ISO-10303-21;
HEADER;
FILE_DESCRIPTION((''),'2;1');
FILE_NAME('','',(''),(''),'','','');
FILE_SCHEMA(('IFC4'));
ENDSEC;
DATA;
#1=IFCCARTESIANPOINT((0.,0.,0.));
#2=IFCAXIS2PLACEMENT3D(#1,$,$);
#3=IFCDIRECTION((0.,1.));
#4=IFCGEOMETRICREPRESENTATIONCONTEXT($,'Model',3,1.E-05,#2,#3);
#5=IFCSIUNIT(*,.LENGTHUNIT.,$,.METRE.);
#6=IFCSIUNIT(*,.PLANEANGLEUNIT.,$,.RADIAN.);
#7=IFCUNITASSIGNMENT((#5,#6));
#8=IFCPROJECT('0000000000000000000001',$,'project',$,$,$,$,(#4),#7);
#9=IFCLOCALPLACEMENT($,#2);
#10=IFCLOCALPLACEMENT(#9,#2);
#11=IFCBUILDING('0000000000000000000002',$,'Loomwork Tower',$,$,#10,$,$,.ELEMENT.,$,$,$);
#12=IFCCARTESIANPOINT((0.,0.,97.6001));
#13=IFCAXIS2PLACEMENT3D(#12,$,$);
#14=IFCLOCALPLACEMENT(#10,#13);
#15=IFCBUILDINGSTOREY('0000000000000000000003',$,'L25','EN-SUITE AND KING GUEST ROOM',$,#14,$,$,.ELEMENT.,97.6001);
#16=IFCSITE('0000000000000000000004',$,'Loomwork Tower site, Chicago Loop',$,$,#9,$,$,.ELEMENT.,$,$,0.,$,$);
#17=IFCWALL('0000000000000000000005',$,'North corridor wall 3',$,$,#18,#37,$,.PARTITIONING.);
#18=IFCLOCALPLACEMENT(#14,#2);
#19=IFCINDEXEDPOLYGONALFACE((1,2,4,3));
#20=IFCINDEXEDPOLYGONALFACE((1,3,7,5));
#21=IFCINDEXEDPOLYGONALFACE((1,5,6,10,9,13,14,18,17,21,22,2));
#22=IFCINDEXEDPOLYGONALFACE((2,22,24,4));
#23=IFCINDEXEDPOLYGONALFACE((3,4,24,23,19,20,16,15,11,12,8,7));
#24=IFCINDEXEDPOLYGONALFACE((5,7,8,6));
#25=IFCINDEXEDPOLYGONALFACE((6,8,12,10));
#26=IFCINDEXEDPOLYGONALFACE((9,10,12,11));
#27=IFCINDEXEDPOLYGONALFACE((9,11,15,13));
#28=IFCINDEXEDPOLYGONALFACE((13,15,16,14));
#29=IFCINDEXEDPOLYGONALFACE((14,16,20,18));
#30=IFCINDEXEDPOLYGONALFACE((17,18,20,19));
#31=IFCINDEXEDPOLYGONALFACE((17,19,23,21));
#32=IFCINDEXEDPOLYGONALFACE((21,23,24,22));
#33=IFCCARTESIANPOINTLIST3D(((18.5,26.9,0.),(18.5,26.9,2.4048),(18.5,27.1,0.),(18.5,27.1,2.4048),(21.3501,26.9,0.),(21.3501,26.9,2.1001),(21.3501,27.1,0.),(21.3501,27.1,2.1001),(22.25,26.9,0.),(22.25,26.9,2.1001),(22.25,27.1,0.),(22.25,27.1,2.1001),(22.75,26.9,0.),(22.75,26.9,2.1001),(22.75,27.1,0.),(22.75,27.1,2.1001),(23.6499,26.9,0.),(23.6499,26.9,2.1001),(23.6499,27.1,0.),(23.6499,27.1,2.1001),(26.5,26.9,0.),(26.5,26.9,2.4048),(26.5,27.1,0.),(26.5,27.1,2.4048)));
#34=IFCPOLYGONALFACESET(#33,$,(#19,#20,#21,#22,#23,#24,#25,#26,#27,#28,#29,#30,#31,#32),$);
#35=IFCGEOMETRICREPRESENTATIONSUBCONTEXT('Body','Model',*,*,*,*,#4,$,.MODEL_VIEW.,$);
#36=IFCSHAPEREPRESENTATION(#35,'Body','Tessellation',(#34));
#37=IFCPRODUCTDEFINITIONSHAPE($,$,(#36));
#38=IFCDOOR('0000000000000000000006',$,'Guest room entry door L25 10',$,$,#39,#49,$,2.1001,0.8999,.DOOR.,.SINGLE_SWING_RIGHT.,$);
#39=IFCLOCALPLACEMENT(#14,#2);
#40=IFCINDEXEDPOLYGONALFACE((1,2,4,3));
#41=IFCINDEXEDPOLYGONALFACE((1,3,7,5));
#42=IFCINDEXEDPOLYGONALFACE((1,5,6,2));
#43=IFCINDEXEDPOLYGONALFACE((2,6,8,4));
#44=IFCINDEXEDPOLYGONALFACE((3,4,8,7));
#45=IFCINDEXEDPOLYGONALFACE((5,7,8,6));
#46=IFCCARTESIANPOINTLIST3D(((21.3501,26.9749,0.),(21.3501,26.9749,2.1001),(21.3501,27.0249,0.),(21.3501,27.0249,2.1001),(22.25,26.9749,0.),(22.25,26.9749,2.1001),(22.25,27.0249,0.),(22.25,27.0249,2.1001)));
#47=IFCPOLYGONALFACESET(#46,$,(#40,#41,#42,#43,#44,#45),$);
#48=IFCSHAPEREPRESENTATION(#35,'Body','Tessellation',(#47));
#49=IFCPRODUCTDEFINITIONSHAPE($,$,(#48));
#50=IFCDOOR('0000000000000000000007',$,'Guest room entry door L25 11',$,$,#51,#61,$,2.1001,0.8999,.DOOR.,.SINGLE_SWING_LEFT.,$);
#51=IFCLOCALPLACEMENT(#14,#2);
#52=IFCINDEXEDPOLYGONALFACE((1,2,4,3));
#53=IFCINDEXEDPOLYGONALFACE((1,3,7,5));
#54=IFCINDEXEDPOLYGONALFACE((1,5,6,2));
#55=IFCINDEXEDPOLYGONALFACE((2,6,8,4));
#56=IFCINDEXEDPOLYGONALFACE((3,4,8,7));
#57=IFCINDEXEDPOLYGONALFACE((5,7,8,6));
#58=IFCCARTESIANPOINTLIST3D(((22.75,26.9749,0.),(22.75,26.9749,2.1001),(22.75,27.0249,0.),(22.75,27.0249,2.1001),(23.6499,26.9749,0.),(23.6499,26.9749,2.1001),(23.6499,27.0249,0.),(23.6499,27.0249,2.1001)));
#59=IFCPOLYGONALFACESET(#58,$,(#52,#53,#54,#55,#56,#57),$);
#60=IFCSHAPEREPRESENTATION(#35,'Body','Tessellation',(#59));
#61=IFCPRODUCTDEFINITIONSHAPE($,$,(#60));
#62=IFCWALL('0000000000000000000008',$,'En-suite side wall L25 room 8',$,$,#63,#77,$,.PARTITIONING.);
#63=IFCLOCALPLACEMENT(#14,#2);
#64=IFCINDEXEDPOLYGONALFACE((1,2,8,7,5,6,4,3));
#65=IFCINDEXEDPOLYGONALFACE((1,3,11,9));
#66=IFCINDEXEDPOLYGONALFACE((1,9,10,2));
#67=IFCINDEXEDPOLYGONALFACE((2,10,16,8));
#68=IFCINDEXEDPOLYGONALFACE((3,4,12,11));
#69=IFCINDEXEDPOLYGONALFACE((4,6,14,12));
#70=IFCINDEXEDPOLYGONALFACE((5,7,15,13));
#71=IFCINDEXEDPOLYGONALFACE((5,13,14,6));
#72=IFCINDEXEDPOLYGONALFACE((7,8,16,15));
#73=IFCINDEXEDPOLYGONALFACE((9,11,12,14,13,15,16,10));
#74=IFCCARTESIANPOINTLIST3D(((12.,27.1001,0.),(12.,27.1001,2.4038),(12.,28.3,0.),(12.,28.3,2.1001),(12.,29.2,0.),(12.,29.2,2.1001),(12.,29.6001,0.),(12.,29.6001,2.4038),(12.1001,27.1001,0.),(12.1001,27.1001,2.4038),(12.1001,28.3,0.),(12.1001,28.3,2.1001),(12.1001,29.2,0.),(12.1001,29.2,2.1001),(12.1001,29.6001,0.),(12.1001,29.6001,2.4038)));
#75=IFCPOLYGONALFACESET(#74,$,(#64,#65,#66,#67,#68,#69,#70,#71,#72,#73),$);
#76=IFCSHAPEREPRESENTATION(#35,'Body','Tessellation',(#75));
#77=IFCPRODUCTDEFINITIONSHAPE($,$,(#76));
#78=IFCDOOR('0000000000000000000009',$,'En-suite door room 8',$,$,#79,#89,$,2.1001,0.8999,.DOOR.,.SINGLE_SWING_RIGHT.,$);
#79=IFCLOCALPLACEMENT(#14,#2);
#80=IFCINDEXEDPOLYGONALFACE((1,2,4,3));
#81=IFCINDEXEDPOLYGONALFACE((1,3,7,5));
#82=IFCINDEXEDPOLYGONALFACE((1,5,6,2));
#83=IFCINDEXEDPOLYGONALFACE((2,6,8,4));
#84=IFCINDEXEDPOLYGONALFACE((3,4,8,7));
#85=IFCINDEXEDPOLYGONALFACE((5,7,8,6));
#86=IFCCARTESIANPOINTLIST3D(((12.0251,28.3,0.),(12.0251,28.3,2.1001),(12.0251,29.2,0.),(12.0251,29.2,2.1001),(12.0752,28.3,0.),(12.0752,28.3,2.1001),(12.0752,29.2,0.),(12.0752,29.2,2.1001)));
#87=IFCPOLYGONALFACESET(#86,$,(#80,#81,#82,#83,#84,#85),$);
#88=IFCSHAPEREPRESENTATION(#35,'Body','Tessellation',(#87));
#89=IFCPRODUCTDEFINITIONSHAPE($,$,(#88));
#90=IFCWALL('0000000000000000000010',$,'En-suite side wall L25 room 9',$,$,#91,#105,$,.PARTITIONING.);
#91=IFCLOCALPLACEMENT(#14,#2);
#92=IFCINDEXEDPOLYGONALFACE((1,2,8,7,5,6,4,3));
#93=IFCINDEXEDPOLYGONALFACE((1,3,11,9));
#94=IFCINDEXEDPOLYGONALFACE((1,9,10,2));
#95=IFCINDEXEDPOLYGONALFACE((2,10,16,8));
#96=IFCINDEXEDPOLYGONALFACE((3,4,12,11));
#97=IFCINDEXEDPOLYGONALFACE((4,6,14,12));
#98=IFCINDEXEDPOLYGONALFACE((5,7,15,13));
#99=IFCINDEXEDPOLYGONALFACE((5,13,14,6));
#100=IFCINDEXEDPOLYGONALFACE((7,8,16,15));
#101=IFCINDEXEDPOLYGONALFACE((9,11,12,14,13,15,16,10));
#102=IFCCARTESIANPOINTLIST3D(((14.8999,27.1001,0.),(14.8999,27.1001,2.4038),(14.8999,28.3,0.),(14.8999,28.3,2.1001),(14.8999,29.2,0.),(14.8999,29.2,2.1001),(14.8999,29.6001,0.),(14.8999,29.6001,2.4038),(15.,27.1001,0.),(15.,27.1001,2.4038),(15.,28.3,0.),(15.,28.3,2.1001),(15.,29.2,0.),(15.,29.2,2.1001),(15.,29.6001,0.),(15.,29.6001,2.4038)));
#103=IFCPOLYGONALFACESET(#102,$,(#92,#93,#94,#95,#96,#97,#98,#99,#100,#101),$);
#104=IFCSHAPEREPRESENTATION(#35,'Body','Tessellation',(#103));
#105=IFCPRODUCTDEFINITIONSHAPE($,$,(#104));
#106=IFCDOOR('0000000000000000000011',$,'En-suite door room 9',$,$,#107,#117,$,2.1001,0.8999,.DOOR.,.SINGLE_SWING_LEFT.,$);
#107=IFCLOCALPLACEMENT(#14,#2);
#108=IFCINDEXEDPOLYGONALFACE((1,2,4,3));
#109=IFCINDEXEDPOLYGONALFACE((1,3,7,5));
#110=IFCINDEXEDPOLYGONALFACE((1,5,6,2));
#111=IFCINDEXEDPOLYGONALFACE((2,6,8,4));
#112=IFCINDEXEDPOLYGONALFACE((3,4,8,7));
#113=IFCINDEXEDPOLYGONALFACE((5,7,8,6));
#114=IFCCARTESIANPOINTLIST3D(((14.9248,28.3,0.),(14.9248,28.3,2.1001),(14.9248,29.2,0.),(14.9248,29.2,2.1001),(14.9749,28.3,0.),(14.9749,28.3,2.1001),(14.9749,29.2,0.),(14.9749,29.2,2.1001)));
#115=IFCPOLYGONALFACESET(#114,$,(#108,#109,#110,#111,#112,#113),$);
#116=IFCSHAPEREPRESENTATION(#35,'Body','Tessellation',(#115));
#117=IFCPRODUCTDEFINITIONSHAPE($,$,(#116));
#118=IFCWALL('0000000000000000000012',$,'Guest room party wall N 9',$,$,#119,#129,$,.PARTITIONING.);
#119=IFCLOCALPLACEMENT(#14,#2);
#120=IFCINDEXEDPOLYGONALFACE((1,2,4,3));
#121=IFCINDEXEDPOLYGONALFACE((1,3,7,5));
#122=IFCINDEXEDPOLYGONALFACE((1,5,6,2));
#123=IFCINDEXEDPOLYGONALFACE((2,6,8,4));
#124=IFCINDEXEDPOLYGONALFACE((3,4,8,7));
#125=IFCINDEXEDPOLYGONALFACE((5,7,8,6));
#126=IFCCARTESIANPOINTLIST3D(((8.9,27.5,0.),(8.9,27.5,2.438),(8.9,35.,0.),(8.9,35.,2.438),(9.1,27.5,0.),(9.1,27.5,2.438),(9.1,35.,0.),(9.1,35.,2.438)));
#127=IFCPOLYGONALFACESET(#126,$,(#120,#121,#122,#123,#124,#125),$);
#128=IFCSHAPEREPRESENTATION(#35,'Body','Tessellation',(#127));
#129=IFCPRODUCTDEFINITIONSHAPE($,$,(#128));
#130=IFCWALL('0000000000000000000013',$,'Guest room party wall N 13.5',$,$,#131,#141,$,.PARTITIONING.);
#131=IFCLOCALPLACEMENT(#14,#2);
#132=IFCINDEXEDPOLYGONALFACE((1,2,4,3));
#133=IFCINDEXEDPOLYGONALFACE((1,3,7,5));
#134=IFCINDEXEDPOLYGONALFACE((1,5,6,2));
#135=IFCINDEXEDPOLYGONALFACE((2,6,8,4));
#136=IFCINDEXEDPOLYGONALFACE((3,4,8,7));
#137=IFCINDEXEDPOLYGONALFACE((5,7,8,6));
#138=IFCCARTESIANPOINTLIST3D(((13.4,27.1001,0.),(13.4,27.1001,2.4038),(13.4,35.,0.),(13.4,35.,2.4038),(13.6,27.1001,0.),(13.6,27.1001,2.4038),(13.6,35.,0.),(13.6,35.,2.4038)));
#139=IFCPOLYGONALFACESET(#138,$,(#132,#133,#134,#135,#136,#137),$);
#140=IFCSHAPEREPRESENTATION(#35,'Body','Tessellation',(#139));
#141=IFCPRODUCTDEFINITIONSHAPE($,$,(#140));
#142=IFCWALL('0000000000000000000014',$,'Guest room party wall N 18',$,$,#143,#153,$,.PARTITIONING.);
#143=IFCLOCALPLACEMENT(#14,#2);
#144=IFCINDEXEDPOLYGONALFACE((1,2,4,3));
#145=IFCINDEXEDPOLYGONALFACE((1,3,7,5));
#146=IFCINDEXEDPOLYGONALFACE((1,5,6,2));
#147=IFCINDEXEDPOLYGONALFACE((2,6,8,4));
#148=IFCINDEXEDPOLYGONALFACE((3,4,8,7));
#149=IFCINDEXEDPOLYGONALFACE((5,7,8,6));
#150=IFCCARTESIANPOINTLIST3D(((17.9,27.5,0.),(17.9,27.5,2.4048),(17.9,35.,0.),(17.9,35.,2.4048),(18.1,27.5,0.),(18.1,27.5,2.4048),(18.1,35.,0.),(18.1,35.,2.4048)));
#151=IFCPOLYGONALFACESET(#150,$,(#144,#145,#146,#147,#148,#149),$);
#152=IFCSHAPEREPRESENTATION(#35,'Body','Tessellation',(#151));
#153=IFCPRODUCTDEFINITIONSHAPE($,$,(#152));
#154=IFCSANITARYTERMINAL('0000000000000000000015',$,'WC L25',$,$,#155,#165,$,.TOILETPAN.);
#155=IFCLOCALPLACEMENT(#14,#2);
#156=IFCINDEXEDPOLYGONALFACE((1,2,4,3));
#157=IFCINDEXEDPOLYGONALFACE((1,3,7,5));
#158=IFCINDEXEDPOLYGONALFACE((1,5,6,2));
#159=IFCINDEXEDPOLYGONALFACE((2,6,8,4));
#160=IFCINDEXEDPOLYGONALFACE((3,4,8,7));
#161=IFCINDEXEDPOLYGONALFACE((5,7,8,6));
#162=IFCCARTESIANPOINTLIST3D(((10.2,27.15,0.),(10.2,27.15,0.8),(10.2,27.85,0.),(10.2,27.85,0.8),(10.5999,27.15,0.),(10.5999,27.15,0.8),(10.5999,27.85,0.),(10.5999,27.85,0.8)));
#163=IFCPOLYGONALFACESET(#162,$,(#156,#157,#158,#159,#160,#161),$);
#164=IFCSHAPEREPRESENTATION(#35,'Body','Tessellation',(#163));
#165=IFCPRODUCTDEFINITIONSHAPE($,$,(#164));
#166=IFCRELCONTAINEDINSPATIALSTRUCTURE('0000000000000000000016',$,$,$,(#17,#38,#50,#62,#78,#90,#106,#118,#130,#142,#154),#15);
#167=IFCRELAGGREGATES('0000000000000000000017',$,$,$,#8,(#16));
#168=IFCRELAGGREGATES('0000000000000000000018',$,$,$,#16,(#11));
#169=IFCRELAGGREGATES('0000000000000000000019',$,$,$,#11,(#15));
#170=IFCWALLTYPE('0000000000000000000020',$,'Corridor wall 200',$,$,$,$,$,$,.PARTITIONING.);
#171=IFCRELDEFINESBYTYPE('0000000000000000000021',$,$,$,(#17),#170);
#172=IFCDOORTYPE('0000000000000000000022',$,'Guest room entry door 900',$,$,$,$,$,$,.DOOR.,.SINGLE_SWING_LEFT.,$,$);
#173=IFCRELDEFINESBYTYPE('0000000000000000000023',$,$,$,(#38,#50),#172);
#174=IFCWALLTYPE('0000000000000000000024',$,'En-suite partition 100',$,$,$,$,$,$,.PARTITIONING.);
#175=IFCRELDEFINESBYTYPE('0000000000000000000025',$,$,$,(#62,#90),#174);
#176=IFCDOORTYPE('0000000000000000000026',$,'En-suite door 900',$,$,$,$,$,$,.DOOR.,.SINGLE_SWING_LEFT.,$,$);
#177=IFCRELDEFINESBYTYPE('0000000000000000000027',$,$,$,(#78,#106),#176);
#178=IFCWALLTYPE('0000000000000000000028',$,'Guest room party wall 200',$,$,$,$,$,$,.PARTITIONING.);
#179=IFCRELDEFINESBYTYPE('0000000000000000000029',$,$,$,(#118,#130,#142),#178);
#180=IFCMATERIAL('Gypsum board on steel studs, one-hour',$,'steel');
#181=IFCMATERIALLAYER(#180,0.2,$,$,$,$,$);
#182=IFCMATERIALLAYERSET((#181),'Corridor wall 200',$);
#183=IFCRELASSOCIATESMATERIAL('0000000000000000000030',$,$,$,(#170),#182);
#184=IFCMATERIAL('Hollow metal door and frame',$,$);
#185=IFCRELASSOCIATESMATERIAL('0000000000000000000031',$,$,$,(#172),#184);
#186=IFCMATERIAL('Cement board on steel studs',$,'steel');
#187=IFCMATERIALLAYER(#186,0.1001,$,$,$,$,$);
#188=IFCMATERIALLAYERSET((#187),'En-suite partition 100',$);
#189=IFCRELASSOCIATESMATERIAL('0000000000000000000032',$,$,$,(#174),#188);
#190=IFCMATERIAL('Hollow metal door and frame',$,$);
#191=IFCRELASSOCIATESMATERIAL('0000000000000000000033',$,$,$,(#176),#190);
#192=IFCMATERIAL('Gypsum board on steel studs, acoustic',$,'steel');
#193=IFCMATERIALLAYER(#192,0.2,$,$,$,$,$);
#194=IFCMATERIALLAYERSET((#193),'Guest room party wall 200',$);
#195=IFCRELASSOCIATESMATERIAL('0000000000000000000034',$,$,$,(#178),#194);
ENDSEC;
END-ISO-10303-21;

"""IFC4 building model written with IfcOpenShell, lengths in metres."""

from ifc_helpers import new_model, si_unit, direction, frame, frame_2d, origin, origin_2d, place, context, subcontext, project, spatial, rectangle, extrude, material, layer, layer_set, type_object, element, fill, save


model = new_model("IFC4")

# Units and contexts
model_context = context("Model", 3, precision=1e-05, world=origin(), true_north=direction((0.0, 1.0)))
body_context = subcontext(model_context, "Body", "Model", "MODEL_VIEW")
ifc_project = project(units=[si_unit("LENGTHUNIT", "METRE"), si_unit("PLANEANGLEUNIT", "RADIAN")], contexts=[model_context])

# Site, building, storey
site_placement = place(None, origin())
site = spatial("IfcSite", under=ifc_project, at=site_placement, Name="Loomwork Tower site, Chicago Loop", CompositionType="ELEMENT", RefElevation=0.0)
building_placement = place(site_placement, origin())
building = spatial("IfcBuilding", under=site, at=building_placement, Name="Loomwork Tower", CompositionType="ELEMENT")
storey_placement = place(building_placement, frame((0.0, 0.0, 97.6001)))
storey = spatial("IfcBuildingStorey", under=building, at=storey_placement, Name="L25", Description="EN-SUITE AND KING GUEST ROOM", CompositionType="ELEMENT", Elevation=97.6001)

# Wall, openings, doors
ifc_material_1 = material(Name="Gypsum board on steel studs, one-hour", Category="steel")
ifc_layer_1 = layer(ifc_material_1, 0.2)
ifc_layer_set_1 = layer_set([ifc_layer_1], Name="Corridor wall 200")
wall_type_1 = type_object("IfcWallType", Name="Corridor wall 200", PredefinedType="PARTITIONING", material=ifc_layer_set_1)
ifc_material_2 = material(Name="Hollow metal door and frame")
door_type_1 = type_object("IfcDoorType", Name="Guest room entry door 900", OperationType="SINGLE_SWING_LEFT", PredefinedType="DOOR", material=ifc_material_2)
wall_1_placement = place(storey_placement, frame((18.5, 27.0, 0.0), z_axis=(0.0, 0.0, 1.0), x_axis=(1.0, 0.0, 0.0)))
wall_1 = element("IfcWall", 1, at=wall_1_placement, inside=storey, type_object=wall_type_1, Name="North corridor wall 3", PredefinedType="PARTITIONING", context=body_context, shape_type="SweptSolid", body=[
    extrude(rectangle(XDim=8.0, YDim=0.2, at=frame_2d((4.0, 0.0))), origin(), (0.0, 0.0, 1.0), 2.4048),
])
opening_1_placement = place(wall_1_placement, frame((2.8501, 0.0, 0.0)))
opening_1 = element("IfcOpeningElement", 2, at=opening_1_placement, cuts=wall_1, PredefinedType="OPENING", context=body_context, shape_type="SweptSolid", body=[
    extrude(rectangle(XDim=0.8999, YDim=2.1001, at=frame_2d((0.45, 1.05))), frame((0.0, 0.1099, 0.0), z_axis=(0.0, -1.0, 0.0), x_axis=(1.0, 0.0, 0.0)), (0.0, 0.0, 1.0), 0.22),
])
opening_2_placement = place(wall_1_placement, frame((4.25, 0.0, 0.0)))
opening_2 = element("IfcOpeningElement", 3, at=opening_2_placement, cuts=wall_1, PredefinedType="OPENING", context=body_context, shape_type="SweptSolid", body=[
    extrude(rectangle(XDim=0.8999, YDim=2.1001, at=frame_2d((0.45, 1.05))), frame((0.0, 0.1099, 0.0), z_axis=(0.0, -1.0, 0.0), x_axis=(1.0, 0.0, 0.0)), (0.0, 0.0, 1.0), 0.22),
])
door_1_placement = place(opening_1_placement, origin())
door_1 = element("IfcDoor", 4, at=door_1_placement, inside=storey, type_object=door_type_1, Name="Guest room entry door L25 10", OperationType="SINGLE_SWING_RIGHT", OverallHeight=2.1001, OverallWidth=0.8999, PredefinedType="DOOR", context=body_context, shape_type="SweptSolid", body=[
    extrude(rectangle(XDim=0.8999, YDim=2.1001, at=frame_2d((0.45, 1.05))), frame((0.0, 0.0249, 0.0), z_axis=(0.0, -1.0, 0.0), x_axis=(1.0, 0.0, 0.0)), (0.0, 0.0, 1.0), 0.05),
])
fill(opening_1, door_1)
door_2_placement = place(opening_2_placement, origin())
door_2 = element("IfcDoor", 5, at=door_2_placement, inside=storey, type_object=door_type_1, Name="Guest room entry door L25 11", OperationType="SINGLE_SWING_LEFT", OverallHeight=2.1001, OverallWidth=0.8999, PredefinedType="DOOR", context=body_context, shape_type="SweptSolid", body=[
    extrude(rectangle(XDim=0.8999, YDim=2.1001, at=frame_2d((0.45, 1.05))), frame((0.0, 0.0249, 0.0), z_axis=(0.0, -1.0, 0.0), x_axis=(1.0, 0.0, 0.0)), (0.0, 0.0, 1.0), 0.05),
])
fill(opening_2, door_2)

# Walls, openings, doors
ifc_material_3 = material(Name="Cement board on steel studs", Category="steel")
ifc_layer_2 = layer(ifc_material_3, 0.1001)
ifc_layer_set_2 = layer_set([ifc_layer_2], Name="En-suite partition 100")
wall_type_2 = type_object("IfcWallType", Name="En-suite partition 100", PredefinedType="PARTITIONING", material=ifc_layer_set_2)
wall_2_placement = place(storey_placement, frame((12.05, 27.1001, 0.0), z_axis=(0.0, 0.0, 1.0), x_axis=(0.0, 1.0, 0.0)))
wall_2 = element("IfcWall", 6, at=wall_2_placement, inside=storey, type_object=wall_type_2, Name="En-suite side wall L25 room 8", PredefinedType="PARTITIONING", context=body_context, shape_type="SweptSolid", body=[
    extrude(rectangle(XDim=2.5, YDim=0.1001, at=frame_2d((1.25, 0.0))), origin(), (0.0, 0.0, 1.0), 2.4038),
])
opening_3_placement = place(wall_2_placement, frame((1.2, 0.0, 0.0)))
opening_3 = element("IfcOpeningElement", 7, at=opening_3_placement, cuts=wall_2, PredefinedType="OPENING", context=body_context, shape_type="SweptSolid", body=[
    extrude(rectangle(XDim=0.8999, YDim=2.1001, at=frame_2d((0.45, 1.05))), frame((0.0, 0.0601, 0.0), z_axis=(0.0, -1.0, 0.0), x_axis=(1.0, 0.0, 0.0)), (0.0, 0.0, 1.0), 0.1201),
])
ifc_material_4 = material(Name="Hollow metal door and frame")
door_type_2 = type_object("IfcDoorType", Name="En-suite door 900", OperationType="SINGLE_SWING_LEFT", PredefinedType="DOOR", material=ifc_material_4)
door_3_placement = place(opening_3_placement, origin())
door_3 = element("IfcDoor", 8, at=door_3_placement, inside=storey, type_object=door_type_2, Name="En-suite door room 8", OperationType="SINGLE_SWING_RIGHT", OverallHeight=2.1001, OverallWidth=0.8999, PredefinedType="DOOR", context=body_context, shape_type="SweptSolid", body=[
    extrude(rectangle(XDim=0.8999, YDim=2.1001, at=frame_2d((0.45, 1.05))), frame((0.0, 0.0249, 0.0), z_axis=(0.0, -1.0, 0.0), x_axis=(1.0, 0.0, 0.0)), (0.0, 0.0, 1.0), 0.05),
])
fill(opening_3, door_3)
wall_3_placement = place(storey_placement, frame((14.95, 27.1001, 0.0), z_axis=(0.0, 0.0, 1.0), x_axis=(0.0, 1.0, 0.0)))
wall_3 = element("IfcWall", 9, at=wall_3_placement, inside=storey, type_object=wall_type_2, Name="En-suite side wall L25 room 9", PredefinedType="PARTITIONING", context=body_context, shape_type="SweptSolid", body=[
    extrude(rectangle(XDim=2.5, YDim=0.1001, at=frame_2d((1.25, 0.0))), origin(), (0.0, 0.0, 1.0), 2.4038),
])
opening_4_placement = place(wall_3_placement, frame((1.2, 0.0, 0.0)))
opening_4 = element("IfcOpeningElement", 10, at=opening_4_placement, cuts=wall_3, PredefinedType="OPENING", context=body_context, shape_type="SweptSolid", body=[
    extrude(rectangle(XDim=0.8999, YDim=2.1001, at=frame_2d((0.45, 1.05))), frame((0.0, 0.0601, 0.0), z_axis=(0.0, -1.0, 0.0), x_axis=(1.0, 0.0, 0.0)), (0.0, 0.0, 1.0), 0.1201),
])
door_4_placement = place(opening_4_placement, frame((0.8999, 0.0, 0.0), z_axis=(0.0, 0.0, 1.0), x_axis=(-1.0, 0.0, 0.0)))
door_4 = element("IfcDoor", 11, at=door_4_placement, inside=storey, type_object=door_type_2, Name="En-suite door room 9", OperationType="SINGLE_SWING_LEFT", OverallHeight=2.1001, OverallWidth=0.8999, PredefinedType="DOOR", context=body_context, shape_type="SweptSolid", body=[
    extrude(rectangle(XDim=0.8999, YDim=2.1001, at=frame_2d((0.45, 1.05))), frame((0.0, 0.0249, 0.0), z_axis=(0.0, -1.0, 0.0), x_axis=(1.0, 0.0, 0.0)), (0.0, 0.0, 1.0), 0.05),
])
fill(opening_4, door_4)

# Walls
ifc_material_5 = material(Name="Gypsum board on steel studs, acoustic", Category="steel")
ifc_layer_3 = layer(ifc_material_5, 0.2)
ifc_layer_set_3 = layer_set([ifc_layer_3], Name="Guest room party wall 200")
wall_type_3 = type_object("IfcWallType", Name="Guest room party wall 200", PredefinedType="PARTITIONING", material=ifc_layer_set_3)
wall_4_placement = place(storey_placement, frame((9.0, 27.5, 0.0), z_axis=(0.0, 0.0, 1.0), x_axis=(0.0, 1.0, 0.0)))
element("IfcWall", 12, at=wall_4_placement, inside=storey, type_object=wall_type_3, Name="Guest room party wall N 9", PredefinedType="PARTITIONING", context=body_context, shape_type="SweptSolid", body=[
    extrude(rectangle(XDim=7.5, YDim=0.2, at=frame_2d((3.75, 0.0))), origin(), (0.0, 0.0, 1.0), 2.438),
])
wall_5_placement = place(storey_placement, frame((13.5, 27.1001, 0.0), z_axis=(0.0, 0.0, 1.0), x_axis=(0.0, 1.0, 0.0)))
element("IfcWall", 13, at=wall_5_placement, inside=storey, type_object=wall_type_3, Name="Guest room party wall N 13.5", PredefinedType="PARTITIONING", context=body_context, shape_type="SweptSolid", body=[
    extrude(rectangle(XDim=7.8999, YDim=0.2, at=frame_2d((3.95, 0.0))), origin(), (0.0, 0.0, 1.0), 2.4038),
])
wall_6_placement = place(storey_placement, frame((18.0, 27.5, 0.0), z_axis=(0.0, 0.0, 1.0), x_axis=(0.0, 1.0, 0.0)))
element("IfcWall", 14, at=wall_6_placement, inside=storey, type_object=wall_type_3, Name="Guest room party wall N 18", PredefinedType="PARTITIONING", context=body_context, shape_type="SweptSolid", body=[
    extrude(rectangle(XDim=7.5, YDim=0.2, at=frame_2d((3.75, 0.0))), origin(), (0.0, 0.0, 1.0), 2.4048),
])

# Sanitary terminal
sanitary_terminal_1_placement = place(storey_placement, frame((10.3999, 27.5, 0.0), z_axis=(0.0, 0.0, 1.0), x_axis=(1.0, 0.0, 0.0)))
element("IfcSanitaryTerminal", 15, at=sanitary_terminal_1_placement, inside=storey, Name="WC L25", PredefinedType="TOILETPAN", context=body_context, shape_type="SweptSolid", body=[
    extrude(rectangle(XDim=0.3999, YDim=0.7, at=origin_2d()), origin(), (0.0, 0.0, 1.0), 0.8),
])

save(model, "model.ifc")
